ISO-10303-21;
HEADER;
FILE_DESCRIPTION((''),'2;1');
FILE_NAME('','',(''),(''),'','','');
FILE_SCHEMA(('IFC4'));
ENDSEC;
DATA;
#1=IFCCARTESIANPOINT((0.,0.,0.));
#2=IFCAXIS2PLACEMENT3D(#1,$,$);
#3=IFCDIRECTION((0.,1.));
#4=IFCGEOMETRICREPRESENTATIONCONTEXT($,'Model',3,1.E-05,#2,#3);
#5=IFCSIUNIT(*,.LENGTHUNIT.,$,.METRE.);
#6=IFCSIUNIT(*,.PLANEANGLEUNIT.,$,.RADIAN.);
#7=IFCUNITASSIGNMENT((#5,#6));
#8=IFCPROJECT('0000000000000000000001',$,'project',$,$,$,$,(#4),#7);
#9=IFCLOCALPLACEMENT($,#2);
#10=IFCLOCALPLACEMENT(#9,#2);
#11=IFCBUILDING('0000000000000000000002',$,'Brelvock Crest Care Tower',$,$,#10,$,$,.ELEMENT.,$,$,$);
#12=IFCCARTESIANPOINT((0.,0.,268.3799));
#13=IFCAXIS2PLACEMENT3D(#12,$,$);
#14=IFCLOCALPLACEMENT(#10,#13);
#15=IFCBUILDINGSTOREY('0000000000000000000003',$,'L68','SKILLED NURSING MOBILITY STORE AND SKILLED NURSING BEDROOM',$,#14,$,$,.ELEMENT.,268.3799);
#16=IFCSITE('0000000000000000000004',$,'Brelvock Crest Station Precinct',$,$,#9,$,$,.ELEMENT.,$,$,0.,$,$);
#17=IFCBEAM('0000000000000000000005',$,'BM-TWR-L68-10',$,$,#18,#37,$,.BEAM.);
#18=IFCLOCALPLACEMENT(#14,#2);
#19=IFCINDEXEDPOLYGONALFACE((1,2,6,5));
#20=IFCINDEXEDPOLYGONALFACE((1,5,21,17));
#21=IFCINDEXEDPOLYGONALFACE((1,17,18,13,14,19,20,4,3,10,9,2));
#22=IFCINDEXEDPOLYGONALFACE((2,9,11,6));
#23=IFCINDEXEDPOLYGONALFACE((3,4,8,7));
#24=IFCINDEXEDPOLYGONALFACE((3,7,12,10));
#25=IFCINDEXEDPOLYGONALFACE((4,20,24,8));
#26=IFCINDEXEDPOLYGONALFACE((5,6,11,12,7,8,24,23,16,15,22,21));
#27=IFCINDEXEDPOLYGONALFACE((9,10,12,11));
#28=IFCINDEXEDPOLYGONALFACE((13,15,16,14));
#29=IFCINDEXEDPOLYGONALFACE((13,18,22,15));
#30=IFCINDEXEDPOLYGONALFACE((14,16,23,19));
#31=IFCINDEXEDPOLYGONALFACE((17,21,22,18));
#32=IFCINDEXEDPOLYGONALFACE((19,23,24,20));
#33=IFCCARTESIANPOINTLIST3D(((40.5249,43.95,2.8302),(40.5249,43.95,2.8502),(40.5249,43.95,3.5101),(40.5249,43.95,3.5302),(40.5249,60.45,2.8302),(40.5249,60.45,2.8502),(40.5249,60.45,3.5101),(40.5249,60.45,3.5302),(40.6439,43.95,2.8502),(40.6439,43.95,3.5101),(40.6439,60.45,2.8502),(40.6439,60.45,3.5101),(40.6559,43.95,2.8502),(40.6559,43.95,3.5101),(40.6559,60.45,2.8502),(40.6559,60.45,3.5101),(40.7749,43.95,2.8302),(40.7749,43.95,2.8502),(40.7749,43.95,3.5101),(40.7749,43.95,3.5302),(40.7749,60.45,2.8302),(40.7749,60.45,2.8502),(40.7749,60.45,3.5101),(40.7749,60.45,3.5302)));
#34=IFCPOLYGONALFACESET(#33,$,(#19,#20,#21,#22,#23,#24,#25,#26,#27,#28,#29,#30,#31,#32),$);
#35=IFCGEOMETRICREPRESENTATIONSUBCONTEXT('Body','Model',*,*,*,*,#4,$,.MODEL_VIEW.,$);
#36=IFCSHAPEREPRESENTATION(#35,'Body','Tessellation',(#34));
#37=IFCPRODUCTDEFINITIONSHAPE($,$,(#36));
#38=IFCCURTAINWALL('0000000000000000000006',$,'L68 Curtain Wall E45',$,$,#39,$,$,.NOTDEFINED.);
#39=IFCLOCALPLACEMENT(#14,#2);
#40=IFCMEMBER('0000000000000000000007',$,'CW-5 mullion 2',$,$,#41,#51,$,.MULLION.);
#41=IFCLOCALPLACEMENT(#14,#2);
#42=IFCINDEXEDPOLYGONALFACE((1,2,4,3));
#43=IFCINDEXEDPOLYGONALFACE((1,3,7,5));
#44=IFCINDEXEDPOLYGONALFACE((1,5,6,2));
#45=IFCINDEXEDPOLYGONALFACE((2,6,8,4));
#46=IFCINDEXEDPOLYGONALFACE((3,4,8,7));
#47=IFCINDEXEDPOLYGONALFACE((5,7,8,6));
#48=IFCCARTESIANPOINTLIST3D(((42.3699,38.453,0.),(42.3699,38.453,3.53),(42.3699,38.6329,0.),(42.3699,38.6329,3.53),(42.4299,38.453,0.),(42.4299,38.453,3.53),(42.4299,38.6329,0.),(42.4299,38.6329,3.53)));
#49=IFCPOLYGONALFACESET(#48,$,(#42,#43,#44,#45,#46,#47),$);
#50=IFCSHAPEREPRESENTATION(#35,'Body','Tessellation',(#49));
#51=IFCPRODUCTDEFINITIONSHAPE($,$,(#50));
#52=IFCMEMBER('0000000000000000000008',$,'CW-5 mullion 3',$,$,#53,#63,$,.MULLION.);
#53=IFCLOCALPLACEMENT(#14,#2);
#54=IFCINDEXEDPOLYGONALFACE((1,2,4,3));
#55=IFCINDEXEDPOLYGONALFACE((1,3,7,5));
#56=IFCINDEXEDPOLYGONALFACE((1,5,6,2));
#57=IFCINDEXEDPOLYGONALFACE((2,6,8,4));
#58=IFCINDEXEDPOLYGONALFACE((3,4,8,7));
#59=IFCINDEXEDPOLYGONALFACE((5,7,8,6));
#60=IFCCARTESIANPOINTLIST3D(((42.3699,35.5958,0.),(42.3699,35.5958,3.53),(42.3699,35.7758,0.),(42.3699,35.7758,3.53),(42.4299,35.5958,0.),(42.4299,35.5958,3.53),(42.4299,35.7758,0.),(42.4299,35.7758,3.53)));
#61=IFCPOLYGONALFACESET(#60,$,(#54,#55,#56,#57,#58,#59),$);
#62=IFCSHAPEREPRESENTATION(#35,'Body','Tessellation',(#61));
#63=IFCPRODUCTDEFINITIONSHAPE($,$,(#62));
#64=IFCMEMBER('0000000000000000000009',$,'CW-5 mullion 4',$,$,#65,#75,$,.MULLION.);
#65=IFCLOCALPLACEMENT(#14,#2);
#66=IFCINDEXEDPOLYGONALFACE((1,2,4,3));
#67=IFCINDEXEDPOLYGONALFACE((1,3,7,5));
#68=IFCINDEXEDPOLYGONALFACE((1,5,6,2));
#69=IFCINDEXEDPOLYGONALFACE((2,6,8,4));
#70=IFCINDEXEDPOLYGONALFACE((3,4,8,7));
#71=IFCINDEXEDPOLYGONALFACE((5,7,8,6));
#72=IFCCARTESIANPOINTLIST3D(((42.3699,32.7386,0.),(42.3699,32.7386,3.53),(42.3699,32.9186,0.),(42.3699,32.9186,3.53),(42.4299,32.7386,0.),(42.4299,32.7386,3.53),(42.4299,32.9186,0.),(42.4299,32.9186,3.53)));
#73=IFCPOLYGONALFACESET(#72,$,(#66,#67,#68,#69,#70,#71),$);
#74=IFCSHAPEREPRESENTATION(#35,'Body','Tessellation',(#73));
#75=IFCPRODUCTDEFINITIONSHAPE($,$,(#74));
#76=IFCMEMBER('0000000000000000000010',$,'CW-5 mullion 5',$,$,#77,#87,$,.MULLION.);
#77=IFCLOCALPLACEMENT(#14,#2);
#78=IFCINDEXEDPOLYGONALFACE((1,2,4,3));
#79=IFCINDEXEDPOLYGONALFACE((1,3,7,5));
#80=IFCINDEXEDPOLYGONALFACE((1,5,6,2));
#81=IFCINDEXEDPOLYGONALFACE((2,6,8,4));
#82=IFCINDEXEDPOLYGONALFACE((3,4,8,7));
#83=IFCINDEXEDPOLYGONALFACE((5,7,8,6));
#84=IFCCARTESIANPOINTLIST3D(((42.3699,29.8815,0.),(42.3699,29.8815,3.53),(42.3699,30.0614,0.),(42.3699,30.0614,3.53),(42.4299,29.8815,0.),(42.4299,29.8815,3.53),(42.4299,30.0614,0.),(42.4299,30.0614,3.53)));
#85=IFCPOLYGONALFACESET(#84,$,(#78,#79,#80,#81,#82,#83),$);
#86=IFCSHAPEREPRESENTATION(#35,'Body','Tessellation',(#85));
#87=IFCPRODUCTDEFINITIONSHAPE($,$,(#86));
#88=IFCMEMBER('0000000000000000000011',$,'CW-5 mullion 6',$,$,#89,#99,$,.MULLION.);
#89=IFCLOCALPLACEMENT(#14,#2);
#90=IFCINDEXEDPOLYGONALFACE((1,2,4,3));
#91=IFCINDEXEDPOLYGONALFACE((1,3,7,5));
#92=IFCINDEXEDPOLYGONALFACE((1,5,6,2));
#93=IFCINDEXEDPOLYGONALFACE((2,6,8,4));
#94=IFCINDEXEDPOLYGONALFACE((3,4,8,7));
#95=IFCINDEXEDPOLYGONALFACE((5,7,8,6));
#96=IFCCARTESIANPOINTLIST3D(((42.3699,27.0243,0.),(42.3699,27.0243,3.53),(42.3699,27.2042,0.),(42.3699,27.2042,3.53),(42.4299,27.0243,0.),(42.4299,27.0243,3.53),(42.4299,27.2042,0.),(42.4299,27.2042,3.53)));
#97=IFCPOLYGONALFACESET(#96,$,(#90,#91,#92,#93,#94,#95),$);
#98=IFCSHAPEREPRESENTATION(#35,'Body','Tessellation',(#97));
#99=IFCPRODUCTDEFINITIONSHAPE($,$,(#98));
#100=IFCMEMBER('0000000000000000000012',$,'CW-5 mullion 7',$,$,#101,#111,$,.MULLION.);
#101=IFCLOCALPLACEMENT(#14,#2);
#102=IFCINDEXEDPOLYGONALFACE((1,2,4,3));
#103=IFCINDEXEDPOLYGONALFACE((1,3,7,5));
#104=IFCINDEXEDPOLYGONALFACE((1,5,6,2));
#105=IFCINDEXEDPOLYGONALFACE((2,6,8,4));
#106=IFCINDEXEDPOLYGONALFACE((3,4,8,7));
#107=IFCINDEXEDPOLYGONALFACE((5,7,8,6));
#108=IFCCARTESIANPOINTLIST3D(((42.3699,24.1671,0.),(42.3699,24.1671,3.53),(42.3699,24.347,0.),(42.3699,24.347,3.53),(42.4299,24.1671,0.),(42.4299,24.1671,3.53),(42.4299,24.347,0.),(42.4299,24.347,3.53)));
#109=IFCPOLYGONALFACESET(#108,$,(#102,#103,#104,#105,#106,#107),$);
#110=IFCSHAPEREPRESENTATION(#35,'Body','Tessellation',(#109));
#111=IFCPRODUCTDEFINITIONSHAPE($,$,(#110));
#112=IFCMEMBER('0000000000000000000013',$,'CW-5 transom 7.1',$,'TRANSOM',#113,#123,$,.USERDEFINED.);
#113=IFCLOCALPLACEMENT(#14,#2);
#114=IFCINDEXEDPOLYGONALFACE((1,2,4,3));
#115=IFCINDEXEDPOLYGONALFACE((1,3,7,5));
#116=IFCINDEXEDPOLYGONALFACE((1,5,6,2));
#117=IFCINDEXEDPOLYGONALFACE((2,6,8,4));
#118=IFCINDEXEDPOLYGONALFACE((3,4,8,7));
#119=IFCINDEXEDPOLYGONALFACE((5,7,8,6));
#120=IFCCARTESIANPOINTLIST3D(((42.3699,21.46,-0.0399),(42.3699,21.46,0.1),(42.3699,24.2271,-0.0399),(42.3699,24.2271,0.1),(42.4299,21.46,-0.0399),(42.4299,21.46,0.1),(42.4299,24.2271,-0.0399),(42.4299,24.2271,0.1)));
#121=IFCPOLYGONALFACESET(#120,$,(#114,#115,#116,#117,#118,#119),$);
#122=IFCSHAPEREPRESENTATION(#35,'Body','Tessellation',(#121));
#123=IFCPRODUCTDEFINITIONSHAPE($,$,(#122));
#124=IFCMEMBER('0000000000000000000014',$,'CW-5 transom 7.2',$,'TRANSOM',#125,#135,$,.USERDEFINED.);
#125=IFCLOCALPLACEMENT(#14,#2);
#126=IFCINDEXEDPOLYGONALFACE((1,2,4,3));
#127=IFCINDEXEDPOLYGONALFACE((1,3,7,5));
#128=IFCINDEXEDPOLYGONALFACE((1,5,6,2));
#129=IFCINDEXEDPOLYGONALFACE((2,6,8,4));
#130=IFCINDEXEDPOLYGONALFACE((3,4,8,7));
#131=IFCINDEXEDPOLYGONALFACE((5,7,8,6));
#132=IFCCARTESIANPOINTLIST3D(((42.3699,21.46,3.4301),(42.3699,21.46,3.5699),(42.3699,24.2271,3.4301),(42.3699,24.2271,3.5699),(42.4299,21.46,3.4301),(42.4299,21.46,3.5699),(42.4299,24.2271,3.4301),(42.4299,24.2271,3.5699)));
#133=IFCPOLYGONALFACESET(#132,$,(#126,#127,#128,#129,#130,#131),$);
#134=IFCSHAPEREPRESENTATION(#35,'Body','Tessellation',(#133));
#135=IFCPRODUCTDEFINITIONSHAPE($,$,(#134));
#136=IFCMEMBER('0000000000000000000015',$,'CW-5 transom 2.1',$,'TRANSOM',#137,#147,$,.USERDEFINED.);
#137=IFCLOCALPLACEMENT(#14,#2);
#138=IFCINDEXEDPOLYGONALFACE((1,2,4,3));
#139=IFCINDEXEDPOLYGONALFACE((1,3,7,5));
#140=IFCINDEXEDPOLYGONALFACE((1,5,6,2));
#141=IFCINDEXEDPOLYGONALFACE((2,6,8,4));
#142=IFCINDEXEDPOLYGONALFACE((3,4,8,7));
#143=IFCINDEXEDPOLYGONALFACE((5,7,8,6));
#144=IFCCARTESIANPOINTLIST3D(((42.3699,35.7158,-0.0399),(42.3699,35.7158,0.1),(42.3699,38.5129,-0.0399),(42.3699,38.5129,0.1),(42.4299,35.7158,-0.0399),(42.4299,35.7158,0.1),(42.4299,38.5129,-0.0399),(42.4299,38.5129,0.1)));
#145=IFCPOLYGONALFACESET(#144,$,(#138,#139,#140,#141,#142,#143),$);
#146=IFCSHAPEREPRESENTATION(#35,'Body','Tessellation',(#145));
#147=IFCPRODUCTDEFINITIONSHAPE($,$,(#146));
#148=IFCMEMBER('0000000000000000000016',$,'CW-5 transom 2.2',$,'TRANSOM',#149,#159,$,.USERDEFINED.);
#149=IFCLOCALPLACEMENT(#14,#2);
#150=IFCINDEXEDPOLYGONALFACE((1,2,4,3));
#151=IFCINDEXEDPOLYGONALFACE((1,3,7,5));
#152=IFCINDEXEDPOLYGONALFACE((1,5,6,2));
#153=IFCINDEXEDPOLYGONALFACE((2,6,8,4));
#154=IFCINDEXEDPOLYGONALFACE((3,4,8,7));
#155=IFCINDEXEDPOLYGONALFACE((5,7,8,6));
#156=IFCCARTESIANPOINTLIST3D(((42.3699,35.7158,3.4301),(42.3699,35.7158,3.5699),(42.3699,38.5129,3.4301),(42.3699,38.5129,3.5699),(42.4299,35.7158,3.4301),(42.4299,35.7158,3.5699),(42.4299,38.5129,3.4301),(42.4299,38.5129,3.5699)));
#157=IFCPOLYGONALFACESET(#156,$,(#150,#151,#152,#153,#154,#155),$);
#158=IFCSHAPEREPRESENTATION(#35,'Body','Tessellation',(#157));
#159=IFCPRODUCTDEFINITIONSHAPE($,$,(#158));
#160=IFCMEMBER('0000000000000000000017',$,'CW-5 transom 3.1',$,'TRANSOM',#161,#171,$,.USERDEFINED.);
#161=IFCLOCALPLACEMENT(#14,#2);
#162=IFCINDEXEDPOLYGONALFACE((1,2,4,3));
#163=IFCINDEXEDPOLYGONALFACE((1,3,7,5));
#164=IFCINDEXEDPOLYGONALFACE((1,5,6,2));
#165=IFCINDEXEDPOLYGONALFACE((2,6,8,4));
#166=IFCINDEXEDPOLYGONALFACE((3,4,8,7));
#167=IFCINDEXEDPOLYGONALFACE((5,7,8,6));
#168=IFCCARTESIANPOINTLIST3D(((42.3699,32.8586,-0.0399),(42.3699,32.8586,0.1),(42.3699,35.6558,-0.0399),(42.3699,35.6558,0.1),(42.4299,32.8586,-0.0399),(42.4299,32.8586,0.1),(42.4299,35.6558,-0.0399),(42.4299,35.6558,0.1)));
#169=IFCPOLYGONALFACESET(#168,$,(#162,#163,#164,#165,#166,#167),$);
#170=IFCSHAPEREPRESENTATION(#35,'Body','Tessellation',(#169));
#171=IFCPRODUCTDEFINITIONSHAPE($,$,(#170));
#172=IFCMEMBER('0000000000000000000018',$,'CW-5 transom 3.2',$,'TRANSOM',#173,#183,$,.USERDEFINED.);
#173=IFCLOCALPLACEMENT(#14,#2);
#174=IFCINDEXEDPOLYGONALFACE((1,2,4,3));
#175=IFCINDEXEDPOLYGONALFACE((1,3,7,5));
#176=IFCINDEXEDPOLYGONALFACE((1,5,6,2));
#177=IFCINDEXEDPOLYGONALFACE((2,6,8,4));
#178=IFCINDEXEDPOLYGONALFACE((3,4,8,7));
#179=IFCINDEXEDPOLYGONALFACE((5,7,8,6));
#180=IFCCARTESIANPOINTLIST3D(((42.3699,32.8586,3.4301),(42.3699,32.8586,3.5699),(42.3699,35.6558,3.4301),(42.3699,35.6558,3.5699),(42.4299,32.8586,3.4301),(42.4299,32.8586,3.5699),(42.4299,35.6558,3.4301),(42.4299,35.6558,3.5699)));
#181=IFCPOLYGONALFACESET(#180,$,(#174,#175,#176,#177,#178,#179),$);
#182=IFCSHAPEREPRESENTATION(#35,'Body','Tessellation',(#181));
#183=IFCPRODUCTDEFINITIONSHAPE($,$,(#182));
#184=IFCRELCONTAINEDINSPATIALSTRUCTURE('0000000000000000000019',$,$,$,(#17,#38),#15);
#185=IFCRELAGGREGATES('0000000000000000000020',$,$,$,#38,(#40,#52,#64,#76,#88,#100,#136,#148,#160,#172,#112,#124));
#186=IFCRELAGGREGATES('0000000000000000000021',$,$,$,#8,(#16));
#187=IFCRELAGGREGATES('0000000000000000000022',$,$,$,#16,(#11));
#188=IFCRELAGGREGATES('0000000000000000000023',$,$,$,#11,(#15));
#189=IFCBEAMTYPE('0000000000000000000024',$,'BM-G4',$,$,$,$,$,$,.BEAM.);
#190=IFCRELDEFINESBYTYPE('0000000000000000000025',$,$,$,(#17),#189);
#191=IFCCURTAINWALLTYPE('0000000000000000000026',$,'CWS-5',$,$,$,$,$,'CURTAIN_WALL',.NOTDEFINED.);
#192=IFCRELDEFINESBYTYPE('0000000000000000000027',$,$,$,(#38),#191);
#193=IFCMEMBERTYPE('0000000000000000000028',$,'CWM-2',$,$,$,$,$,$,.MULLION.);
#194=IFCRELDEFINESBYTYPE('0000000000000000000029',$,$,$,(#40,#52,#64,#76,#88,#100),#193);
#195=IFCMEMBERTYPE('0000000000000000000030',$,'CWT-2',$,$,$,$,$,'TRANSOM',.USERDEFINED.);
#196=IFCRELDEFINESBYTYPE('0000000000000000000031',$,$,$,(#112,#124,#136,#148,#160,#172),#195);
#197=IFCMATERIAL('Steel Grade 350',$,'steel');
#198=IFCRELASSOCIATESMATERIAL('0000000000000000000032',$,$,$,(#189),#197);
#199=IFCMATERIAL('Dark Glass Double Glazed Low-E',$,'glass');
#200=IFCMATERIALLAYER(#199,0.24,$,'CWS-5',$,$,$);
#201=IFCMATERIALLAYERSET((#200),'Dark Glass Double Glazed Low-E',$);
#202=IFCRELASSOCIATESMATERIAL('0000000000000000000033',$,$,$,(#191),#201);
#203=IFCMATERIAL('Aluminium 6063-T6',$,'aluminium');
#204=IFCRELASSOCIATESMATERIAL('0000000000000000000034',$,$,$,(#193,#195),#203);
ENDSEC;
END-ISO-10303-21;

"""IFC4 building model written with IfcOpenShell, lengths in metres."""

from ifc_helpers import new_model, si_unit, direction, frame, origin, origin_2d, place, context, subcontext, project, spatial, rectangle, i_section, extrude, source, transform, mapped, material, layer, layer_set, material_profile, profile_set, type_object, element, aggregate, save


model = new_model("IFC4")

# Units and contexts
model_context = context("Model", 3, precision=1e-05, world=origin(), true_north=direction((0.0, 1.0)))
body_context = subcontext(model_context, "Body", "Model", "MODEL_VIEW")
ifc_project = project(units=[si_unit("LENGTHUNIT", "METRE"), si_unit("PLANEANGLEUNIT", "RADIAN")], contexts=[model_context])

# Site, building, storey
site_placement = place(None, origin())
site = spatial("IfcSite", under=ifc_project, at=site_placement, Name="Brelvock Crest Station Precinct", CompositionType="ELEMENT", RefElevation=0.0)
building_placement = place(site_placement, origin())
building = spatial("IfcBuilding", under=site, at=building_placement, Name="Brelvock Crest Care Tower", CompositionType="ELEMENT")
storey_placement = place(building_placement, frame((0.0, 0.0, 268.3799)))
storey = spatial("IfcBuildingStorey", under=building, at=storey_placement, Name="L68", Description="SKILLED NURSING MOBILITY STORE AND SKILLED NURSING BEDROOM", CompositionType="ELEMENT", Elevation=268.3799)

# Shared definitions
ifc_material_1 = material(Name="Steel Grade 350", Category="steel")

# Beam
ifc_material_profile_1 = material_profile(ifc_material_1, i_section(OverallWidth=0.25, OverallDepth=0.7, WebThickness=0.012, FlangeThickness=0.02, at=origin_2d()), Name="700WB150")
ifc_profile_set_1 = profile_set([ifc_material_profile_1], Name="Steel Grade 350")
beam_type_1 = type_object("IfcBeamType", Name="BM-G4", PredefinedType="BEAM", material=ifc_profile_set_1)
shared_shape_1 = source(origin(), body_context, "Body", "SweptSolid", [
    extrude(i_section(OverallWidth=0.25, OverallDepth=0.7, WebThickness=0.012, FlangeThickness=0.02, at=origin_2d()), origin(), (0.0, 0.0, 1.0), 16.5),
])
beam_1_placement = place(storey_placement, frame((40.6499, 43.95, 3.1802), z_axis=(0.0, 1.0, 0.0), x_axis=(-1.0, 0.0, 0.0)))
element("IfcBeam", 1, at=beam_1_placement, inside=storey, type_object=beam_type_1, Name="BM-TWR-L68-10", PredefinedType="BEAM", context=body_context, shape_type="MappedRepresentation", body=[
    mapped(shared_shape_1, transform((0.0, 0.0, 0.0), x_axis=(1.0, 0.0, 0.0), y_axis=(0.0, 1.0, 0.0), z_axis=(0.0, 0.0, 1.0), scale=1.0)),
])

# Curtain wall, members
ifc_material_2 = material(Name="Dark Glass Double Glazed Low-E", Category="glass")
ifc_layer_1 = layer(ifc_material_2, 0.24, Name="CWS-5")
ifc_layer_set_1 = layer_set([ifc_layer_1], Name="Dark Glass Double Glazed Low-E")
curtain_wall_type = type_object("IfcCurtainWallType", Name="CWS-5", ElementType="CURTAIN_WALL", PredefinedType="NOTDEFINED", material=ifc_layer_set_1)
curtain_wall_placement = place(storey_placement, origin())
curtain_wall = element("IfcCurtainWall", 2, at=curtain_wall_placement, inside=storey, type_object=curtain_wall_type, Name="L68 Curtain Wall E45", PredefinedType="NOTDEFINED")
ifc_material_3 = material(Name="Aluminium 6063-T6", Category="aluminium")
ifc_material_profile_2 = material_profile(ifc_material_3, rectangle(XDim=0.0601, YDim=0.1799, at=origin_2d()), Name="ALU60x180")
ifc_profile_set_2 = profile_set([ifc_material_profile_2], Name="Aluminium 6063-T6")
member_type_1 = type_object("IfcMemberType", Name="CWM-2", PredefinedType="MULLION", material=ifc_profile_set_2)
shared_shape_2 = source(origin(), body_context, "Body", "SweptSolid", [
    extrude(rectangle(XDim=0.0601, YDim=0.1799, at=origin_2d()), origin(), (0.0, 0.0, 1.0), 3.53),
])
member_1_placement = place(storey_placement, frame((42.3999, 38.543, 0.0), z_axis=(0.0, 0.0, 1.0), x_axis=(1.0, 0.0, 0.0)))
member_1 = element("IfcMember", 3, at=member_1_placement, type_object=member_type_1, Name="CW-5 mullion 2", PredefinedType="MULLION", context=body_context, shape_type="MappedRepresentation", body=[
    mapped(shared_shape_2, transform((0.0, 0.0, 0.0), x_axis=(1.0, 0.0, 0.0), y_axis=(0.0, 1.0, 0.0), z_axis=(0.0, 0.0, 1.0), scale=1.0)),
])
member_2_placement = place(storey_placement, frame((42.3999, 35.6858, 0.0), z_axis=(0.0, 0.0, 1.0), x_axis=(1.0, 0.0, 0.0)))
member_2 = element("IfcMember", 4, at=member_2_placement, type_object=member_type_1, Name="CW-5 mullion 3", PredefinedType="MULLION", context=body_context, shape_type="MappedRepresentation", body=[
    mapped(shared_shape_2, transform((0.0, 0.0, 0.0), x_axis=(1.0, 0.0, 0.0), y_axis=(0.0, 1.0, 0.0), z_axis=(0.0, 0.0, 1.0), scale=1.0)),
])
member_3_placement = place(storey_placement, frame((42.3999, 32.8286, 0.0), z_axis=(0.0, 0.0, 1.0), x_axis=(1.0, 0.0, 0.0)))
member_3 = element("IfcMember", 5, at=member_3_placement, type_object=member_type_1, Name="CW-5 mullion 4", PredefinedType="MULLION", context=body_context, shape_type="MappedRepresentation", body=[
    mapped(shared_shape_2, transform((0.0, 0.0, 0.0), x_axis=(1.0, 0.0, 0.0), y_axis=(0.0, 1.0, 0.0), z_axis=(0.0, 0.0, 1.0), scale=1.0)),
])
member_4_placement = place(storey_placement, frame((42.3999, 29.9714, 0.0), z_axis=(0.0, 0.0, 1.0), x_axis=(1.0, 0.0, 0.0)))
member_4 = element("IfcMember", 6, at=member_4_placement, type_object=member_type_1, Name="CW-5 mullion 5", PredefinedType="MULLION", context=body_context, shape_type="MappedRepresentation", body=[
    mapped(shared_shape_2, transform((0.0, 0.0, 0.0), x_axis=(1.0, 0.0, 0.0), y_axis=(0.0, 1.0, 0.0), z_axis=(0.0, 0.0, 1.0), scale=1.0)),
])
member_5_placement = place(storey_placement, frame((42.3999, 27.1143, 0.0), z_axis=(0.0, 0.0, 1.0), x_axis=(1.0, 0.0, 0.0)))
member_5 = element("IfcMember", 7, at=member_5_placement, type_object=member_type_1, Name="CW-5 mullion 6", PredefinedType="MULLION", context=body_context, shape_type="MappedRepresentation", body=[
    mapped(shared_shape_2, transform((0.0, 0.0, 0.0), x_axis=(1.0, 0.0, 0.0), y_axis=(0.0, 1.0, 0.0), z_axis=(0.0, 0.0, 1.0), scale=1.0)),
])
member_6_placement = place(storey_placement, frame((42.3999, 24.2571, 0.0), z_axis=(0.0, 0.0, 1.0), x_axis=(1.0, 0.0, 0.0)))
member_6 = element("IfcMember", 8, at=member_6_placement, type_object=member_type_1, Name="CW-5 mullion 7", PredefinedType="MULLION", context=body_context, shape_type="MappedRepresentation", body=[
    mapped(shared_shape_2, transform((0.0, 0.0, 0.0), x_axis=(1.0, 0.0, 0.0), y_axis=(0.0, 1.0, 0.0), z_axis=(0.0, 0.0, 1.0), scale=1.0)),
])
ifc_material_profile_3 = material_profile(ifc_material_3, rectangle(XDim=0.0601, YDim=0.1399, at=origin_2d()), Name="ALU60x140")
ifc_profile_set_3 = profile_set([ifc_material_profile_3], Name="Aluminium 6063-T6")
member_type_2 = type_object("IfcMemberType", Name="CWT-2", ElementType="TRANSOM", PredefinedType="USERDEFINED", material=ifc_profile_set_3)
shared_shape_3 = source(origin(), body_context, "Body", "SweptSolid", [
    extrude(rectangle(XDim=0.0601, YDim=0.1399, at=origin_2d()), origin(), (0.0, 0.0, 1.0), 2.7671),
])
member_7_placement = place(storey_placement, frame((42.3999, 24.2271, 0.03), z_axis=(0.0, -1.0, 0.0), x_axis=(1.0, 0.0, 0.0)))
member_7 = element("IfcMember", 9, at=member_7_placement, type_object=member_type_2, Name="CW-5 transom 7.1", ObjectType="TRANSOM", PredefinedType="USERDEFINED", context=body_context, shape_type="MappedRepresentation", body=[
    mapped(shared_shape_3, transform((0.0, 0.0, 0.0), x_axis=(1.0, 0.0, 0.0), y_axis=(0.0, 1.0, 0.0), z_axis=(0.0, 0.0, 1.0), scale=1.0)),
])
member_8_placement = place(storey_placement, frame((42.3999, 24.2271, 3.5), z_axis=(0.0, -1.0, 0.0), x_axis=(1.0, 0.0, 0.0)))
member_8 = element("IfcMember", 10, at=member_8_placement, type_object=member_type_2, Name="CW-5 transom 7.2", ObjectType="TRANSOM", PredefinedType="USERDEFINED", context=body_context, shape_type="MappedRepresentation", body=[
    mapped(shared_shape_3, transform((0.0, 0.0, 0.0), x_axis=(1.0, 0.0, 0.0), y_axis=(0.0, 1.0, 0.0), z_axis=(0.0, 0.0, 1.0), scale=1.0)),
])
shared_shape_4 = source(origin(), body_context, "Body", "SweptSolid", [
    extrude(rectangle(XDim=0.0601, YDim=0.1399, at=origin_2d()), origin(), (0.0, 0.0, 1.0), 2.7971),
])
member_9_placement = place(storey_placement, frame((42.3999, 38.5129, 0.03), z_axis=(0.0, -1.0, 0.0), x_axis=(1.0, 0.0, 0.0)))
member_9 = element("IfcMember", 11, at=member_9_placement, type_object=member_type_2, Name="CW-5 transom 2.1", ObjectType="TRANSOM", PredefinedType="USERDEFINED", context=body_context, shape_type="MappedRepresentation", body=[
    mapped(shared_shape_4, transform((0.0, 0.0, 0.0), x_axis=(1.0, 0.0, 0.0), y_axis=(0.0, 1.0, 0.0), z_axis=(0.0, 0.0, 1.0), scale=1.0)),
])
member_10_placement = place(storey_placement, frame((42.3999, 38.5129, 3.5), z_axis=(0.0, -1.0, 0.0), x_axis=(1.0, 0.0, 0.0)))
member_10 = element("IfcMember", 12, at=member_10_placement, type_object=member_type_2, Name="CW-5 transom 2.2", ObjectType="TRANSOM", PredefinedType="USERDEFINED", context=body_context, shape_type="MappedRepresentation", body=[
    mapped(shared_shape_4, transform((0.0, 0.0, 0.0), x_axis=(1.0, 0.0, 0.0), y_axis=(0.0, 1.0, 0.0), z_axis=(0.0, 0.0, 1.0), scale=1.0)),
])
member_11_placement = place(storey_placement, frame((42.3999, 35.6558, 0.03), z_axis=(0.0, -1.0, 0.0), x_axis=(1.0, 0.0, 0.0)))
member_11 = element("IfcMember", 13, at=member_11_placement, type_object=member_type_2, Name="CW-5 transom 3.1", ObjectType="TRANSOM", PredefinedType="USERDEFINED", context=body_context, shape_type="MappedRepresentation", body=[
    mapped(shared_shape_4, transform((0.0, 0.0, 0.0), x_axis=(1.0, 0.0, 0.0), y_axis=(0.0, 1.0, 0.0), z_axis=(0.0, 0.0, 1.0), scale=1.0)),
])
member_12_placement = place(storey_placement, frame((42.3999, 35.6558, 3.5), z_axis=(0.0, -1.0, 0.0), x_axis=(1.0, 0.0, 0.0)))
member_12 = element("IfcMember", 14, at=member_12_placement, type_object=member_type_2, Name="CW-5 transom 3.2", ObjectType="TRANSOM", PredefinedType="USERDEFINED", context=body_context, shape_type="MappedRepresentation", body=[
    mapped(shared_shape_4, transform((0.0, 0.0, 0.0), x_axis=(1.0, 0.0, 0.0), y_axis=(0.0, 1.0, 0.0), z_axis=(0.0, 0.0, 1.0), scale=1.0)),
])
aggregate(curtain_wall, [member_1, member_2, member_3, member_4, member_5, member_6, member_9, member_10, member_11, member_12, member_7, member_8])

save(model, "model.ifc")
